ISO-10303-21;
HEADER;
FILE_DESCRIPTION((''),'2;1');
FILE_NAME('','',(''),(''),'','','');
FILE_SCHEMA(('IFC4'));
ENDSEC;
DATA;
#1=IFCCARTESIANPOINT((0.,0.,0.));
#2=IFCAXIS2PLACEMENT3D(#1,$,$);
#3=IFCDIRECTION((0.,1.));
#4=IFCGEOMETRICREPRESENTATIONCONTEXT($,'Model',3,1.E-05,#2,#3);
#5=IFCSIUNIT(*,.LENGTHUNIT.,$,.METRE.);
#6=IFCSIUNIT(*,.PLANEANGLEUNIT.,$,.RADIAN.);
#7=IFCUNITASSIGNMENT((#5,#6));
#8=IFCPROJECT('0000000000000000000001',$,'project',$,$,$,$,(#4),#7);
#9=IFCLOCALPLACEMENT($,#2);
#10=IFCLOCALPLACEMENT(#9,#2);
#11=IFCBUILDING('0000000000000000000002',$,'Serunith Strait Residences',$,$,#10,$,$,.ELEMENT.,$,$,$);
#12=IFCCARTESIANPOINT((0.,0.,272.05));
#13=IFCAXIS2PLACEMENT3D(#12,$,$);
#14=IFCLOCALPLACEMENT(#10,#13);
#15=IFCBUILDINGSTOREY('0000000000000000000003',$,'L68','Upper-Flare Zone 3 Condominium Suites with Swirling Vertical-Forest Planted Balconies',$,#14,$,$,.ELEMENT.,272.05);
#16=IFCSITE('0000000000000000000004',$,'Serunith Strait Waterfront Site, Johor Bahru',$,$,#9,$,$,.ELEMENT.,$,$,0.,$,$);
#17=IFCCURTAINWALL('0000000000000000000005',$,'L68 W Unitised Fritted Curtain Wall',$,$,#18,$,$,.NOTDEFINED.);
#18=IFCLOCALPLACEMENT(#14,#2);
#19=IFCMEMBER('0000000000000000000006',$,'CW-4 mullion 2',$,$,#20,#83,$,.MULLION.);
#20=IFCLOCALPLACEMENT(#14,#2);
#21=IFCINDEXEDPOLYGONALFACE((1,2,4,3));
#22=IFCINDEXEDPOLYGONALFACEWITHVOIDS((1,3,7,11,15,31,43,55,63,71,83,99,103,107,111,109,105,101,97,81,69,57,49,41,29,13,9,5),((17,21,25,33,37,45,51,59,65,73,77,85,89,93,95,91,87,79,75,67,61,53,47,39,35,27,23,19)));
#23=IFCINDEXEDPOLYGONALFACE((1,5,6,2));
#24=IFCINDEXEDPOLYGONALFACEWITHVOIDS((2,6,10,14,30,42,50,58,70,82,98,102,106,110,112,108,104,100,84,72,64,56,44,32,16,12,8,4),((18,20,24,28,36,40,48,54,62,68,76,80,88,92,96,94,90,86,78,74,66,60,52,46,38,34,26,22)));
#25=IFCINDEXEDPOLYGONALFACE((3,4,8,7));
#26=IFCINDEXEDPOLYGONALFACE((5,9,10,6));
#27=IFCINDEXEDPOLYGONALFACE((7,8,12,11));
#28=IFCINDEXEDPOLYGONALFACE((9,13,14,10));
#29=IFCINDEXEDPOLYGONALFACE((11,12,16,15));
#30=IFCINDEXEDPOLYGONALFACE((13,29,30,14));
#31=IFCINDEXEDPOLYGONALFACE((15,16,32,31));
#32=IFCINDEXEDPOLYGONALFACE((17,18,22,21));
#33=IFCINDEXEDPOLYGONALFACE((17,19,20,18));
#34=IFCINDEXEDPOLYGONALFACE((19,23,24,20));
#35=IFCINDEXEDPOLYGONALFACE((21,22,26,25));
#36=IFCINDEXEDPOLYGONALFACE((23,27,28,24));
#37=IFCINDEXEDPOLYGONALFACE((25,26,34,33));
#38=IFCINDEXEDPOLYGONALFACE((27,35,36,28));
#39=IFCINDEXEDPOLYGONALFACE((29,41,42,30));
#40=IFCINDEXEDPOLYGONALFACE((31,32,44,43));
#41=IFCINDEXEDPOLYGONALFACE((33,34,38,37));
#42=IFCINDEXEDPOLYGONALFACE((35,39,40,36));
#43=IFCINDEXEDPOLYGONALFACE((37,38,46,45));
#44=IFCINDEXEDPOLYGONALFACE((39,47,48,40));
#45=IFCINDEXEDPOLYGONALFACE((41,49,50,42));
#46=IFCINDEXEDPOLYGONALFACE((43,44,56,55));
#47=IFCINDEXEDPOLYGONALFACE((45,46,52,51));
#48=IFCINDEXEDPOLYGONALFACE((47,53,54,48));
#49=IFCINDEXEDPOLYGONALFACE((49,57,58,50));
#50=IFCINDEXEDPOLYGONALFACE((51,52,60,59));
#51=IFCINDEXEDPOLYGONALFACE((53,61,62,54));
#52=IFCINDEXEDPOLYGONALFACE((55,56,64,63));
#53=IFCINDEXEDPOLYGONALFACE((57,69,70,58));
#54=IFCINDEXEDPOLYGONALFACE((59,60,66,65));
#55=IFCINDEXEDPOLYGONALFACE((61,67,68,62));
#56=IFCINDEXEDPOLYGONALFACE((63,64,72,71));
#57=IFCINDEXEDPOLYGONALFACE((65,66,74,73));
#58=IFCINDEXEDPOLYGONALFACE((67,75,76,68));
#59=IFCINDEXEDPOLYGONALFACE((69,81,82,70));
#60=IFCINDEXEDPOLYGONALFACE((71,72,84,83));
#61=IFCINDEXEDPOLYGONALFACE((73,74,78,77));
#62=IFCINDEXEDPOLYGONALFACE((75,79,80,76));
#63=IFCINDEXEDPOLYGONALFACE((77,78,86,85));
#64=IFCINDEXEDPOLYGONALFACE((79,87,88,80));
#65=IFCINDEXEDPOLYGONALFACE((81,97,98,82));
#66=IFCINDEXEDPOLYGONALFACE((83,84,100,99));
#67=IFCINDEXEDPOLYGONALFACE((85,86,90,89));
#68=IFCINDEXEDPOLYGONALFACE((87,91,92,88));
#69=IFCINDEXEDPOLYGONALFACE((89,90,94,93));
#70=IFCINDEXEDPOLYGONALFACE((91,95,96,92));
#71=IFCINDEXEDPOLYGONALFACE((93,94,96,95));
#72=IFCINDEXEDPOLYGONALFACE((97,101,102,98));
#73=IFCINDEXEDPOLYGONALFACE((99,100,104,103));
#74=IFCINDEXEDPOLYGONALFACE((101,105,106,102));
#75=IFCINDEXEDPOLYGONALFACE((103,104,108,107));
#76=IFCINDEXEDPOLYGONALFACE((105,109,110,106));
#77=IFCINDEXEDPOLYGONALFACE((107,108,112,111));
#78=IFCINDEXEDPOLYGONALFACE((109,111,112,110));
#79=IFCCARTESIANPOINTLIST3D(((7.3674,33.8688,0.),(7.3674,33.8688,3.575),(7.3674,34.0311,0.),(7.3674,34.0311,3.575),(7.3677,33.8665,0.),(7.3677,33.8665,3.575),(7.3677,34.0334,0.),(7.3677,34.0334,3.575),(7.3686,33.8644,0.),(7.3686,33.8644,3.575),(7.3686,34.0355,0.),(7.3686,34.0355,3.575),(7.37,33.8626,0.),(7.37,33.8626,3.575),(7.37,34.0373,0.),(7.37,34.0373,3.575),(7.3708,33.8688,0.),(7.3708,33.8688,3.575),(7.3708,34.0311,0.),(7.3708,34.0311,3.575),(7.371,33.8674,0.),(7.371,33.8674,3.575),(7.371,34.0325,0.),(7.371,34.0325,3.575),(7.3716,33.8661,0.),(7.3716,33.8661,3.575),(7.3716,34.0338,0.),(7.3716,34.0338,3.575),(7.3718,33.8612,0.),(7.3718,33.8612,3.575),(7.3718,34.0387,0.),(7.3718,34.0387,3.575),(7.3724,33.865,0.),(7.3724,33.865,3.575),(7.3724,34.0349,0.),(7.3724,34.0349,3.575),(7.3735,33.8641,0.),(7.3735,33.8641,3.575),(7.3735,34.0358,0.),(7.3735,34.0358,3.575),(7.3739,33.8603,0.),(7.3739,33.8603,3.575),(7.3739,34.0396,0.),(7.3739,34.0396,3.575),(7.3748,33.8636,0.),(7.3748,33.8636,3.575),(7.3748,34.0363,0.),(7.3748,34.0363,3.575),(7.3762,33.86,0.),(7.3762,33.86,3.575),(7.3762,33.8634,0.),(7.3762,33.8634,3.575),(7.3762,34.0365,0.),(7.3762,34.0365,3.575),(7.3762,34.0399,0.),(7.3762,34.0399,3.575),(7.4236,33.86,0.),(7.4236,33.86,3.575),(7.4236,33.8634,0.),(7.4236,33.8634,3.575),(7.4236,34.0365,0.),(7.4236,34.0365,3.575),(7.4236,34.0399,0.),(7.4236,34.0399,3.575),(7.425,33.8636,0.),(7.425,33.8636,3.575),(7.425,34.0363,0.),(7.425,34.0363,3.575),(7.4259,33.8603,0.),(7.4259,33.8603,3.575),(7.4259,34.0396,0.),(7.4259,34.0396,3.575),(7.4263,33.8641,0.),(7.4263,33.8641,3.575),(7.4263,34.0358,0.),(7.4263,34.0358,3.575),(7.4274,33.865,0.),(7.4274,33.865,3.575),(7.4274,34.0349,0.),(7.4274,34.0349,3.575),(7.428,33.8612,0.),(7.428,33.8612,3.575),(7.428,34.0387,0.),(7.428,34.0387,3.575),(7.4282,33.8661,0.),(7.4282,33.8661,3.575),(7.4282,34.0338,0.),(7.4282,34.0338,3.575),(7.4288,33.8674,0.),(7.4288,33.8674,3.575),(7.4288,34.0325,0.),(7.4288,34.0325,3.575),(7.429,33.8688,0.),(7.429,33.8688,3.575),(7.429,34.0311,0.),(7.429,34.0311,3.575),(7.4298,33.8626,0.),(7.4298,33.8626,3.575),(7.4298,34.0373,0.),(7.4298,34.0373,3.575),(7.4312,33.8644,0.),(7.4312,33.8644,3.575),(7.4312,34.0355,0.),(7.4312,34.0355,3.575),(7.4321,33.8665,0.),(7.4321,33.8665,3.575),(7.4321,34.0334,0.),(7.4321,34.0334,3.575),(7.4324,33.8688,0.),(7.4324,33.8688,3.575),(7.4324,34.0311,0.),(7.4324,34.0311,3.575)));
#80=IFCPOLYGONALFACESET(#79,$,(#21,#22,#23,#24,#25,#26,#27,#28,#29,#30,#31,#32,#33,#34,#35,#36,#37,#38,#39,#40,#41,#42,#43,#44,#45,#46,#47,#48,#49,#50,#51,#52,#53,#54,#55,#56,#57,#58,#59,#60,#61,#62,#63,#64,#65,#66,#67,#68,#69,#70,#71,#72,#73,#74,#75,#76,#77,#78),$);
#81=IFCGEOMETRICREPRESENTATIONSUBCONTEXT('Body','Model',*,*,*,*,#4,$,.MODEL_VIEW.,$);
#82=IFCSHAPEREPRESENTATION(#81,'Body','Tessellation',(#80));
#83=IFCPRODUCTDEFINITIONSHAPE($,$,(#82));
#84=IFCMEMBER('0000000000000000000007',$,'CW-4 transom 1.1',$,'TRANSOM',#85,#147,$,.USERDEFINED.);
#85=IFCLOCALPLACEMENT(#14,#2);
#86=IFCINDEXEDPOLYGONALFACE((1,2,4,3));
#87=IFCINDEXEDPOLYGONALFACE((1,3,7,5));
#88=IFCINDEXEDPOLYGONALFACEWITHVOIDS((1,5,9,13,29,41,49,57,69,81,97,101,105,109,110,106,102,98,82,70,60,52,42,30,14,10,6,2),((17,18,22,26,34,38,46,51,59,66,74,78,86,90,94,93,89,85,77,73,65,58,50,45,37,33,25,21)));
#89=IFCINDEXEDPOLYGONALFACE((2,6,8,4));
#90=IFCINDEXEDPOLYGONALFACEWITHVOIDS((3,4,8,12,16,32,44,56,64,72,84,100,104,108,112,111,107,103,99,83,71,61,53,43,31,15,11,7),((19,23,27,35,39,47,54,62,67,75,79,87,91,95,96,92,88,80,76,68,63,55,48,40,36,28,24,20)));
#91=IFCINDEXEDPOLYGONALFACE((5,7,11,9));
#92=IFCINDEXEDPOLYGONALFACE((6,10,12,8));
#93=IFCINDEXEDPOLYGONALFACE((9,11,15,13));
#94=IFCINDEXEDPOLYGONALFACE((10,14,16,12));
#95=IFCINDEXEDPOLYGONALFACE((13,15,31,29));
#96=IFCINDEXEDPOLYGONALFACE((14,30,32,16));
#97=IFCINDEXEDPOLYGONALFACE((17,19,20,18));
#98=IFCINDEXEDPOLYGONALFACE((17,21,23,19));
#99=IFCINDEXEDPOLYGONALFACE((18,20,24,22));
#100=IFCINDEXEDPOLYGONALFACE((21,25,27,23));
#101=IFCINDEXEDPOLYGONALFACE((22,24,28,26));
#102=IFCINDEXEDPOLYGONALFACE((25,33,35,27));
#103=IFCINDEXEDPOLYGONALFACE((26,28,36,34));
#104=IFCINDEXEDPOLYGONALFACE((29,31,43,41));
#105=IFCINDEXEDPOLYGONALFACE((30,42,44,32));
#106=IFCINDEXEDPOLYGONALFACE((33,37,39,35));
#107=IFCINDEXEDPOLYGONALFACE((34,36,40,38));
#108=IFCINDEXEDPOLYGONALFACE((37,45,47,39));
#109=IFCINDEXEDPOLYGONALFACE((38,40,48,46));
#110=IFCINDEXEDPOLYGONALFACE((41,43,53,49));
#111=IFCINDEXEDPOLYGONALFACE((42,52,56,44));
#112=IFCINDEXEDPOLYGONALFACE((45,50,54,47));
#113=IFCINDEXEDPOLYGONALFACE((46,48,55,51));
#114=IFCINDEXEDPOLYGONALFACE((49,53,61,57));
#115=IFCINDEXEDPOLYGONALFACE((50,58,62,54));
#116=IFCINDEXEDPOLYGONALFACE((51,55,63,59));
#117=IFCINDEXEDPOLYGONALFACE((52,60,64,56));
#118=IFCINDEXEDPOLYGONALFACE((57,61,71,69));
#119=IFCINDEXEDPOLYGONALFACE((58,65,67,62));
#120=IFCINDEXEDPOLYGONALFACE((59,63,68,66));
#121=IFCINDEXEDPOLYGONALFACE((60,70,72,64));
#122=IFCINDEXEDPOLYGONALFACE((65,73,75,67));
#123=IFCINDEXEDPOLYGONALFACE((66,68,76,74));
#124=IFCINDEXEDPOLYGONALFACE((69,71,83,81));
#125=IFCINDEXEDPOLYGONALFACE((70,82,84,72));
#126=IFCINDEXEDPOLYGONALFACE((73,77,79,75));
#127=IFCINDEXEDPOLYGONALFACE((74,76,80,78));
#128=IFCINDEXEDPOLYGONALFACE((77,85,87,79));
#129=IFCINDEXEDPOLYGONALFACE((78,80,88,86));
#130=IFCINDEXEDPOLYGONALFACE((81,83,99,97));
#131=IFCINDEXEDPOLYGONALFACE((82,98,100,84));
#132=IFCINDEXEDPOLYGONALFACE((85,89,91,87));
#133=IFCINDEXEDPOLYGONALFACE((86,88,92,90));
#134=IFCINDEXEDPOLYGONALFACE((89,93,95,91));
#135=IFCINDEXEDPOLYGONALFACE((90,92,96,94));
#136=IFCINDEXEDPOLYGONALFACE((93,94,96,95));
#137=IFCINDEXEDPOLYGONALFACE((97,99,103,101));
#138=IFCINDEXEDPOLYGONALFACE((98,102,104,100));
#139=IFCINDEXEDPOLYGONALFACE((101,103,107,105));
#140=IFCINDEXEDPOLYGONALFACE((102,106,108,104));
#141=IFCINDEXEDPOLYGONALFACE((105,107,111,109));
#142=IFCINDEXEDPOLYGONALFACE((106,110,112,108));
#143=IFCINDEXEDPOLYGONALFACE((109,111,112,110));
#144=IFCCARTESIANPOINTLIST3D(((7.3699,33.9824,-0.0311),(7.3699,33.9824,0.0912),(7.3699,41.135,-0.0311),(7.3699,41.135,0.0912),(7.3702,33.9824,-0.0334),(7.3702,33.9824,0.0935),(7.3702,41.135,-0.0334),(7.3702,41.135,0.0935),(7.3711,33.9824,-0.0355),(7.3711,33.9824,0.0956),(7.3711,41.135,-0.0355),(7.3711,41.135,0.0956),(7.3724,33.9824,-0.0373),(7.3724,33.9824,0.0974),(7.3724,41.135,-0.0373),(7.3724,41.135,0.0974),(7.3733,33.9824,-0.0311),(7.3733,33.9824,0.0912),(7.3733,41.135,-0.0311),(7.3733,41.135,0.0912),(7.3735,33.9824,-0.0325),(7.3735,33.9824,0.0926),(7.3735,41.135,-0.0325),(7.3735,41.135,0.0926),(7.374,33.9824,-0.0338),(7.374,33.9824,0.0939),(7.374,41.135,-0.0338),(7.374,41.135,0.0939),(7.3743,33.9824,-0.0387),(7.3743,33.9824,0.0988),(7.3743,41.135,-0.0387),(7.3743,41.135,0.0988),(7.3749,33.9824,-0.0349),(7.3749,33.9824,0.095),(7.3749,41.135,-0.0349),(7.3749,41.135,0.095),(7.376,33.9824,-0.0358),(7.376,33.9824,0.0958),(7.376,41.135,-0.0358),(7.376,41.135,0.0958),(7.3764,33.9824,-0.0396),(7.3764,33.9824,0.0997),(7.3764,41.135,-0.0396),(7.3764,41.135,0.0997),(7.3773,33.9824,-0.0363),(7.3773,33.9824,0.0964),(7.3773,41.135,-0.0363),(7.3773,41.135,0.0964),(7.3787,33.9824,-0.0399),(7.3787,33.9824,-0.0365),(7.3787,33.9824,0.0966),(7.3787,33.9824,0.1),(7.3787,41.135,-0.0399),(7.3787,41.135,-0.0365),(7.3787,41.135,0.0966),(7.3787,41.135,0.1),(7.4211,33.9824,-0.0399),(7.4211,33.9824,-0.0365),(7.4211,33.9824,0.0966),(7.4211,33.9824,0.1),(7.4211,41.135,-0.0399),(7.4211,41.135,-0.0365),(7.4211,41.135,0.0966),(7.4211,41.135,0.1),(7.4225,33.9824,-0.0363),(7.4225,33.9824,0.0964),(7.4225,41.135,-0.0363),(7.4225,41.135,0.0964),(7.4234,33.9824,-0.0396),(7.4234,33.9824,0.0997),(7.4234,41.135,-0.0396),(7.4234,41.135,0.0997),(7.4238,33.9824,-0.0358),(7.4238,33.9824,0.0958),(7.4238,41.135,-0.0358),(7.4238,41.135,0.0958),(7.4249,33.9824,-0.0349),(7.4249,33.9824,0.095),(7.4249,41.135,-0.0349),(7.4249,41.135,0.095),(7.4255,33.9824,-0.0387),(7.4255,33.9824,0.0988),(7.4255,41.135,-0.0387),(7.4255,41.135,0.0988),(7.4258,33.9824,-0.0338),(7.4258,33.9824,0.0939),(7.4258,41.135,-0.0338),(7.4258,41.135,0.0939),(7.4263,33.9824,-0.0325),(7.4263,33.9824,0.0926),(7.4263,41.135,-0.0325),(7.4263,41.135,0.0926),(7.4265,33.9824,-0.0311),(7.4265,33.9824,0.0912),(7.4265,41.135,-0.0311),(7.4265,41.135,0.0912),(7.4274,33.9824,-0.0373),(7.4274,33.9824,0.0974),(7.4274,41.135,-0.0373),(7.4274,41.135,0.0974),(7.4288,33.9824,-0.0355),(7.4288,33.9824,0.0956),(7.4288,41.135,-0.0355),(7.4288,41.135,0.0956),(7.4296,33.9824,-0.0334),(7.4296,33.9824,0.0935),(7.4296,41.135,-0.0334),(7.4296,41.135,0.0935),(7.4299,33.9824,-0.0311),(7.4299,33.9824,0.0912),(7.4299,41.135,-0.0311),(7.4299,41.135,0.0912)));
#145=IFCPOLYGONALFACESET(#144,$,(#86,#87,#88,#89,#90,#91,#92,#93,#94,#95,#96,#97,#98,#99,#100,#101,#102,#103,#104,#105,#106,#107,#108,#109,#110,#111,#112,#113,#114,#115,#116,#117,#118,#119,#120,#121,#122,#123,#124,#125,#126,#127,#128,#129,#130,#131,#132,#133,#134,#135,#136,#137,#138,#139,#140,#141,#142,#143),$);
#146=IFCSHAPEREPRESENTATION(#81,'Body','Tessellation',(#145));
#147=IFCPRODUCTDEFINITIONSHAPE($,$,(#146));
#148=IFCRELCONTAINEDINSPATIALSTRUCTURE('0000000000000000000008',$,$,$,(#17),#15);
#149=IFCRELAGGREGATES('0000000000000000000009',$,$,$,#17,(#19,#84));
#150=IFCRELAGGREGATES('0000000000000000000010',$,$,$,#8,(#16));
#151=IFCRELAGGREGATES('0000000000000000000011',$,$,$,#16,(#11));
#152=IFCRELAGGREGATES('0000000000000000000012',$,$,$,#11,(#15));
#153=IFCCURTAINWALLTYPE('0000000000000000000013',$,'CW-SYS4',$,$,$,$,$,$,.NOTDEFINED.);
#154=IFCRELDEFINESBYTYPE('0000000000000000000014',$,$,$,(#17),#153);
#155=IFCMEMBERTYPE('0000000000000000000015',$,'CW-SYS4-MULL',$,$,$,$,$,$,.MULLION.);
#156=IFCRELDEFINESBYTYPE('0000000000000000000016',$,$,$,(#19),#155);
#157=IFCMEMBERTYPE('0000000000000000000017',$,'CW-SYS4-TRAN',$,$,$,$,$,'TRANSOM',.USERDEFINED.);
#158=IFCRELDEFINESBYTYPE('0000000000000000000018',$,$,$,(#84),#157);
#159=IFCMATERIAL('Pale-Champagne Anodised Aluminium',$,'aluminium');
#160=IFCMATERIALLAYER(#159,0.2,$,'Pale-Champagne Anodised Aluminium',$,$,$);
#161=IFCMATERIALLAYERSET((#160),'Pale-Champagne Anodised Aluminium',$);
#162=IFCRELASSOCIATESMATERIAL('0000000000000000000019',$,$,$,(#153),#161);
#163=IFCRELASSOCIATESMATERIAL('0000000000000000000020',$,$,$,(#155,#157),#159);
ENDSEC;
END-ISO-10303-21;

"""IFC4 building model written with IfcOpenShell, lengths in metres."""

from ifc_helpers import new_model, si_unit, direction, frame, origin, origin_2d, place, context, subcontext, project, spatial, hollow_rectangle, extrude, source, transform, mapped, material, layer, layer_set, material_profile, profile_set, type_object, element, aggregate, save


model = new_model("IFC4")

# Units and contexts
model_context = context("Model", 3, precision=1e-05, world=origin(), true_north=direction((0.0, 1.0)))
body_context = subcontext(model_context, "Body", "Model", "MODEL_VIEW")
ifc_project = project(units=[si_unit("LENGTHUNIT", "METRE"), si_unit("PLANEANGLEUNIT", "RADIAN")], contexts=[model_context])

# Site, building, storey
site_placement = place(None, origin())
site = spatial("IfcSite", under=ifc_project, at=site_placement, Name="Serunith Strait Waterfront Site, Johor Bahru", CompositionType="ELEMENT", RefElevation=0.0)
building_placement = place(site_placement, origin())
building = spatial("IfcBuilding", under=site, at=building_placement, Name="Serunith Strait Residences", CompositionType="ELEMENT")
storey_placement = place(building_placement, frame((0.0, 0.0, 272.05)))
storey = spatial("IfcBuildingStorey", under=building, at=storey_placement, Name="L68", Description="Upper-Flare Zone 3 Condominium Suites with Swirling Vertical-Forest Planted Balconies", CompositionType="ELEMENT", Elevation=272.05)

# Shared definitions
ifc_material_1 = material(Name="Pale-Champagne Anodised Aluminium", Category="aluminium")
ifc_layer_1 = layer(ifc_material_1, 0.2, Name="Pale-Champagne Anodised Aluminium")
ifc_layer_set_1 = layer_set([ifc_layer_1], Name="Pale-Champagne Anodised Aluminium")
curtain_wall_type = type_object("IfcCurtainWallType", Name="CW-SYS4", PredefinedType="NOTDEFINED", material=ifc_layer_set_1)
ifc_material_profile_1 = material_profile(ifc_material_1, hollow_rectangle(XDim=0.0649, YDim=0.1799, WallThickness=0.0034, InnerFilletRadius=0.0054, OuterFilletRadius=0.0088, at=origin_2d()), Name="ALU 180x65x3.5")
ifc_profile_set_1 = profile_set([ifc_material_profile_1], Name="Pale-Champagne Anodised Aluminium")
member_type_1 = type_object("IfcMemberType", Name="CW-SYS4-MULL", PredefinedType="MULLION", material=ifc_profile_set_1)
shared_shape_1 = source(origin(), body_context, "Body", "SweptSolid", [
    extrude(hollow_rectangle(XDim=0.0649, YDim=0.1799, WallThickness=0.0034, InnerFilletRadius=0.0054, OuterFilletRadius=0.0088, at=origin_2d()), origin(), (0.0, 0.0, 1.0), 3.575),
])

# Curtain wall, members
curtain_wall_1_placement = place(storey_placement, origin())
curtain_wall_1 = element("IfcCurtainWall", 1, at=curtain_wall_1_placement, inside=storey, type_object=curtain_wall_type, Name="L68 W Unitised Fritted Curtain Wall", PredefinedType="NOTDEFINED")
member_1_placement = place(storey_placement, frame((7.3999, 33.95, 0.0), z_axis=(0.0, 0.0, 1.0), x_axis=(1.0, 0.0, 0.0)))
member_1 = element("IfcMember", 2, at=member_1_placement, type_object=member_type_1, Name="CW-4 mullion 2", PredefinedType="MULLION", context=body_context, shape_type="MappedRepresentation", body=[
    mapped(shared_shape_1, transform((0.0, 0.0, 0.0), scale=1.0)),
])
ifc_material_profile_2 = material_profile(ifc_material_1, hollow_rectangle(XDim=0.0601, YDim=0.1399, WallThickness=0.0034, InnerFilletRadius=0.0054, OuterFilletRadius=0.0088, at=origin_2d()), Name="ALU 140x60x3.5")
ifc_profile_set_2 = profile_set([ifc_material_profile_2], Name="Pale-Champagne Anodised Aluminium")
member_type_2 = type_object("IfcMemberType", Name="CW-SYS4-TRAN", ElementType="TRANSOM", PredefinedType="USERDEFINED", material=ifc_profile_set_2)
shared_shape_2 = source(origin(), body_context, "Body", "SweptSolid", [
    extrude(hollow_rectangle(XDim=0.0601, YDim=0.1399, WallThickness=0.0034, InnerFilletRadius=0.0054, OuterFilletRadius=0.0088, at=origin_2d()), origin(), (0.0, 0.0, 1.0), 7.1526),
])
member_2_placement = place(storey_placement, frame((7.3999, 41.135, 0.03), z_axis=(0.0, -1.0, 0.0), x_axis=(1.0, 0.0, 0.0)))
member_2 = element("IfcMember", 3, at=member_2_placement, type_object=member_type_2, Name="CW-4 transom 1.1", ObjectType="TRANSOM", PredefinedType="USERDEFINED", context=body_context, shape_type="MappedRepresentation", body=[
    mapped(shared_shape_2, transform((0.0, 0.0, 0.0), scale=1.0)),
])
aggregate(curtain_wall_1, [member_1, member_2])

save(model, "model.ifc")
